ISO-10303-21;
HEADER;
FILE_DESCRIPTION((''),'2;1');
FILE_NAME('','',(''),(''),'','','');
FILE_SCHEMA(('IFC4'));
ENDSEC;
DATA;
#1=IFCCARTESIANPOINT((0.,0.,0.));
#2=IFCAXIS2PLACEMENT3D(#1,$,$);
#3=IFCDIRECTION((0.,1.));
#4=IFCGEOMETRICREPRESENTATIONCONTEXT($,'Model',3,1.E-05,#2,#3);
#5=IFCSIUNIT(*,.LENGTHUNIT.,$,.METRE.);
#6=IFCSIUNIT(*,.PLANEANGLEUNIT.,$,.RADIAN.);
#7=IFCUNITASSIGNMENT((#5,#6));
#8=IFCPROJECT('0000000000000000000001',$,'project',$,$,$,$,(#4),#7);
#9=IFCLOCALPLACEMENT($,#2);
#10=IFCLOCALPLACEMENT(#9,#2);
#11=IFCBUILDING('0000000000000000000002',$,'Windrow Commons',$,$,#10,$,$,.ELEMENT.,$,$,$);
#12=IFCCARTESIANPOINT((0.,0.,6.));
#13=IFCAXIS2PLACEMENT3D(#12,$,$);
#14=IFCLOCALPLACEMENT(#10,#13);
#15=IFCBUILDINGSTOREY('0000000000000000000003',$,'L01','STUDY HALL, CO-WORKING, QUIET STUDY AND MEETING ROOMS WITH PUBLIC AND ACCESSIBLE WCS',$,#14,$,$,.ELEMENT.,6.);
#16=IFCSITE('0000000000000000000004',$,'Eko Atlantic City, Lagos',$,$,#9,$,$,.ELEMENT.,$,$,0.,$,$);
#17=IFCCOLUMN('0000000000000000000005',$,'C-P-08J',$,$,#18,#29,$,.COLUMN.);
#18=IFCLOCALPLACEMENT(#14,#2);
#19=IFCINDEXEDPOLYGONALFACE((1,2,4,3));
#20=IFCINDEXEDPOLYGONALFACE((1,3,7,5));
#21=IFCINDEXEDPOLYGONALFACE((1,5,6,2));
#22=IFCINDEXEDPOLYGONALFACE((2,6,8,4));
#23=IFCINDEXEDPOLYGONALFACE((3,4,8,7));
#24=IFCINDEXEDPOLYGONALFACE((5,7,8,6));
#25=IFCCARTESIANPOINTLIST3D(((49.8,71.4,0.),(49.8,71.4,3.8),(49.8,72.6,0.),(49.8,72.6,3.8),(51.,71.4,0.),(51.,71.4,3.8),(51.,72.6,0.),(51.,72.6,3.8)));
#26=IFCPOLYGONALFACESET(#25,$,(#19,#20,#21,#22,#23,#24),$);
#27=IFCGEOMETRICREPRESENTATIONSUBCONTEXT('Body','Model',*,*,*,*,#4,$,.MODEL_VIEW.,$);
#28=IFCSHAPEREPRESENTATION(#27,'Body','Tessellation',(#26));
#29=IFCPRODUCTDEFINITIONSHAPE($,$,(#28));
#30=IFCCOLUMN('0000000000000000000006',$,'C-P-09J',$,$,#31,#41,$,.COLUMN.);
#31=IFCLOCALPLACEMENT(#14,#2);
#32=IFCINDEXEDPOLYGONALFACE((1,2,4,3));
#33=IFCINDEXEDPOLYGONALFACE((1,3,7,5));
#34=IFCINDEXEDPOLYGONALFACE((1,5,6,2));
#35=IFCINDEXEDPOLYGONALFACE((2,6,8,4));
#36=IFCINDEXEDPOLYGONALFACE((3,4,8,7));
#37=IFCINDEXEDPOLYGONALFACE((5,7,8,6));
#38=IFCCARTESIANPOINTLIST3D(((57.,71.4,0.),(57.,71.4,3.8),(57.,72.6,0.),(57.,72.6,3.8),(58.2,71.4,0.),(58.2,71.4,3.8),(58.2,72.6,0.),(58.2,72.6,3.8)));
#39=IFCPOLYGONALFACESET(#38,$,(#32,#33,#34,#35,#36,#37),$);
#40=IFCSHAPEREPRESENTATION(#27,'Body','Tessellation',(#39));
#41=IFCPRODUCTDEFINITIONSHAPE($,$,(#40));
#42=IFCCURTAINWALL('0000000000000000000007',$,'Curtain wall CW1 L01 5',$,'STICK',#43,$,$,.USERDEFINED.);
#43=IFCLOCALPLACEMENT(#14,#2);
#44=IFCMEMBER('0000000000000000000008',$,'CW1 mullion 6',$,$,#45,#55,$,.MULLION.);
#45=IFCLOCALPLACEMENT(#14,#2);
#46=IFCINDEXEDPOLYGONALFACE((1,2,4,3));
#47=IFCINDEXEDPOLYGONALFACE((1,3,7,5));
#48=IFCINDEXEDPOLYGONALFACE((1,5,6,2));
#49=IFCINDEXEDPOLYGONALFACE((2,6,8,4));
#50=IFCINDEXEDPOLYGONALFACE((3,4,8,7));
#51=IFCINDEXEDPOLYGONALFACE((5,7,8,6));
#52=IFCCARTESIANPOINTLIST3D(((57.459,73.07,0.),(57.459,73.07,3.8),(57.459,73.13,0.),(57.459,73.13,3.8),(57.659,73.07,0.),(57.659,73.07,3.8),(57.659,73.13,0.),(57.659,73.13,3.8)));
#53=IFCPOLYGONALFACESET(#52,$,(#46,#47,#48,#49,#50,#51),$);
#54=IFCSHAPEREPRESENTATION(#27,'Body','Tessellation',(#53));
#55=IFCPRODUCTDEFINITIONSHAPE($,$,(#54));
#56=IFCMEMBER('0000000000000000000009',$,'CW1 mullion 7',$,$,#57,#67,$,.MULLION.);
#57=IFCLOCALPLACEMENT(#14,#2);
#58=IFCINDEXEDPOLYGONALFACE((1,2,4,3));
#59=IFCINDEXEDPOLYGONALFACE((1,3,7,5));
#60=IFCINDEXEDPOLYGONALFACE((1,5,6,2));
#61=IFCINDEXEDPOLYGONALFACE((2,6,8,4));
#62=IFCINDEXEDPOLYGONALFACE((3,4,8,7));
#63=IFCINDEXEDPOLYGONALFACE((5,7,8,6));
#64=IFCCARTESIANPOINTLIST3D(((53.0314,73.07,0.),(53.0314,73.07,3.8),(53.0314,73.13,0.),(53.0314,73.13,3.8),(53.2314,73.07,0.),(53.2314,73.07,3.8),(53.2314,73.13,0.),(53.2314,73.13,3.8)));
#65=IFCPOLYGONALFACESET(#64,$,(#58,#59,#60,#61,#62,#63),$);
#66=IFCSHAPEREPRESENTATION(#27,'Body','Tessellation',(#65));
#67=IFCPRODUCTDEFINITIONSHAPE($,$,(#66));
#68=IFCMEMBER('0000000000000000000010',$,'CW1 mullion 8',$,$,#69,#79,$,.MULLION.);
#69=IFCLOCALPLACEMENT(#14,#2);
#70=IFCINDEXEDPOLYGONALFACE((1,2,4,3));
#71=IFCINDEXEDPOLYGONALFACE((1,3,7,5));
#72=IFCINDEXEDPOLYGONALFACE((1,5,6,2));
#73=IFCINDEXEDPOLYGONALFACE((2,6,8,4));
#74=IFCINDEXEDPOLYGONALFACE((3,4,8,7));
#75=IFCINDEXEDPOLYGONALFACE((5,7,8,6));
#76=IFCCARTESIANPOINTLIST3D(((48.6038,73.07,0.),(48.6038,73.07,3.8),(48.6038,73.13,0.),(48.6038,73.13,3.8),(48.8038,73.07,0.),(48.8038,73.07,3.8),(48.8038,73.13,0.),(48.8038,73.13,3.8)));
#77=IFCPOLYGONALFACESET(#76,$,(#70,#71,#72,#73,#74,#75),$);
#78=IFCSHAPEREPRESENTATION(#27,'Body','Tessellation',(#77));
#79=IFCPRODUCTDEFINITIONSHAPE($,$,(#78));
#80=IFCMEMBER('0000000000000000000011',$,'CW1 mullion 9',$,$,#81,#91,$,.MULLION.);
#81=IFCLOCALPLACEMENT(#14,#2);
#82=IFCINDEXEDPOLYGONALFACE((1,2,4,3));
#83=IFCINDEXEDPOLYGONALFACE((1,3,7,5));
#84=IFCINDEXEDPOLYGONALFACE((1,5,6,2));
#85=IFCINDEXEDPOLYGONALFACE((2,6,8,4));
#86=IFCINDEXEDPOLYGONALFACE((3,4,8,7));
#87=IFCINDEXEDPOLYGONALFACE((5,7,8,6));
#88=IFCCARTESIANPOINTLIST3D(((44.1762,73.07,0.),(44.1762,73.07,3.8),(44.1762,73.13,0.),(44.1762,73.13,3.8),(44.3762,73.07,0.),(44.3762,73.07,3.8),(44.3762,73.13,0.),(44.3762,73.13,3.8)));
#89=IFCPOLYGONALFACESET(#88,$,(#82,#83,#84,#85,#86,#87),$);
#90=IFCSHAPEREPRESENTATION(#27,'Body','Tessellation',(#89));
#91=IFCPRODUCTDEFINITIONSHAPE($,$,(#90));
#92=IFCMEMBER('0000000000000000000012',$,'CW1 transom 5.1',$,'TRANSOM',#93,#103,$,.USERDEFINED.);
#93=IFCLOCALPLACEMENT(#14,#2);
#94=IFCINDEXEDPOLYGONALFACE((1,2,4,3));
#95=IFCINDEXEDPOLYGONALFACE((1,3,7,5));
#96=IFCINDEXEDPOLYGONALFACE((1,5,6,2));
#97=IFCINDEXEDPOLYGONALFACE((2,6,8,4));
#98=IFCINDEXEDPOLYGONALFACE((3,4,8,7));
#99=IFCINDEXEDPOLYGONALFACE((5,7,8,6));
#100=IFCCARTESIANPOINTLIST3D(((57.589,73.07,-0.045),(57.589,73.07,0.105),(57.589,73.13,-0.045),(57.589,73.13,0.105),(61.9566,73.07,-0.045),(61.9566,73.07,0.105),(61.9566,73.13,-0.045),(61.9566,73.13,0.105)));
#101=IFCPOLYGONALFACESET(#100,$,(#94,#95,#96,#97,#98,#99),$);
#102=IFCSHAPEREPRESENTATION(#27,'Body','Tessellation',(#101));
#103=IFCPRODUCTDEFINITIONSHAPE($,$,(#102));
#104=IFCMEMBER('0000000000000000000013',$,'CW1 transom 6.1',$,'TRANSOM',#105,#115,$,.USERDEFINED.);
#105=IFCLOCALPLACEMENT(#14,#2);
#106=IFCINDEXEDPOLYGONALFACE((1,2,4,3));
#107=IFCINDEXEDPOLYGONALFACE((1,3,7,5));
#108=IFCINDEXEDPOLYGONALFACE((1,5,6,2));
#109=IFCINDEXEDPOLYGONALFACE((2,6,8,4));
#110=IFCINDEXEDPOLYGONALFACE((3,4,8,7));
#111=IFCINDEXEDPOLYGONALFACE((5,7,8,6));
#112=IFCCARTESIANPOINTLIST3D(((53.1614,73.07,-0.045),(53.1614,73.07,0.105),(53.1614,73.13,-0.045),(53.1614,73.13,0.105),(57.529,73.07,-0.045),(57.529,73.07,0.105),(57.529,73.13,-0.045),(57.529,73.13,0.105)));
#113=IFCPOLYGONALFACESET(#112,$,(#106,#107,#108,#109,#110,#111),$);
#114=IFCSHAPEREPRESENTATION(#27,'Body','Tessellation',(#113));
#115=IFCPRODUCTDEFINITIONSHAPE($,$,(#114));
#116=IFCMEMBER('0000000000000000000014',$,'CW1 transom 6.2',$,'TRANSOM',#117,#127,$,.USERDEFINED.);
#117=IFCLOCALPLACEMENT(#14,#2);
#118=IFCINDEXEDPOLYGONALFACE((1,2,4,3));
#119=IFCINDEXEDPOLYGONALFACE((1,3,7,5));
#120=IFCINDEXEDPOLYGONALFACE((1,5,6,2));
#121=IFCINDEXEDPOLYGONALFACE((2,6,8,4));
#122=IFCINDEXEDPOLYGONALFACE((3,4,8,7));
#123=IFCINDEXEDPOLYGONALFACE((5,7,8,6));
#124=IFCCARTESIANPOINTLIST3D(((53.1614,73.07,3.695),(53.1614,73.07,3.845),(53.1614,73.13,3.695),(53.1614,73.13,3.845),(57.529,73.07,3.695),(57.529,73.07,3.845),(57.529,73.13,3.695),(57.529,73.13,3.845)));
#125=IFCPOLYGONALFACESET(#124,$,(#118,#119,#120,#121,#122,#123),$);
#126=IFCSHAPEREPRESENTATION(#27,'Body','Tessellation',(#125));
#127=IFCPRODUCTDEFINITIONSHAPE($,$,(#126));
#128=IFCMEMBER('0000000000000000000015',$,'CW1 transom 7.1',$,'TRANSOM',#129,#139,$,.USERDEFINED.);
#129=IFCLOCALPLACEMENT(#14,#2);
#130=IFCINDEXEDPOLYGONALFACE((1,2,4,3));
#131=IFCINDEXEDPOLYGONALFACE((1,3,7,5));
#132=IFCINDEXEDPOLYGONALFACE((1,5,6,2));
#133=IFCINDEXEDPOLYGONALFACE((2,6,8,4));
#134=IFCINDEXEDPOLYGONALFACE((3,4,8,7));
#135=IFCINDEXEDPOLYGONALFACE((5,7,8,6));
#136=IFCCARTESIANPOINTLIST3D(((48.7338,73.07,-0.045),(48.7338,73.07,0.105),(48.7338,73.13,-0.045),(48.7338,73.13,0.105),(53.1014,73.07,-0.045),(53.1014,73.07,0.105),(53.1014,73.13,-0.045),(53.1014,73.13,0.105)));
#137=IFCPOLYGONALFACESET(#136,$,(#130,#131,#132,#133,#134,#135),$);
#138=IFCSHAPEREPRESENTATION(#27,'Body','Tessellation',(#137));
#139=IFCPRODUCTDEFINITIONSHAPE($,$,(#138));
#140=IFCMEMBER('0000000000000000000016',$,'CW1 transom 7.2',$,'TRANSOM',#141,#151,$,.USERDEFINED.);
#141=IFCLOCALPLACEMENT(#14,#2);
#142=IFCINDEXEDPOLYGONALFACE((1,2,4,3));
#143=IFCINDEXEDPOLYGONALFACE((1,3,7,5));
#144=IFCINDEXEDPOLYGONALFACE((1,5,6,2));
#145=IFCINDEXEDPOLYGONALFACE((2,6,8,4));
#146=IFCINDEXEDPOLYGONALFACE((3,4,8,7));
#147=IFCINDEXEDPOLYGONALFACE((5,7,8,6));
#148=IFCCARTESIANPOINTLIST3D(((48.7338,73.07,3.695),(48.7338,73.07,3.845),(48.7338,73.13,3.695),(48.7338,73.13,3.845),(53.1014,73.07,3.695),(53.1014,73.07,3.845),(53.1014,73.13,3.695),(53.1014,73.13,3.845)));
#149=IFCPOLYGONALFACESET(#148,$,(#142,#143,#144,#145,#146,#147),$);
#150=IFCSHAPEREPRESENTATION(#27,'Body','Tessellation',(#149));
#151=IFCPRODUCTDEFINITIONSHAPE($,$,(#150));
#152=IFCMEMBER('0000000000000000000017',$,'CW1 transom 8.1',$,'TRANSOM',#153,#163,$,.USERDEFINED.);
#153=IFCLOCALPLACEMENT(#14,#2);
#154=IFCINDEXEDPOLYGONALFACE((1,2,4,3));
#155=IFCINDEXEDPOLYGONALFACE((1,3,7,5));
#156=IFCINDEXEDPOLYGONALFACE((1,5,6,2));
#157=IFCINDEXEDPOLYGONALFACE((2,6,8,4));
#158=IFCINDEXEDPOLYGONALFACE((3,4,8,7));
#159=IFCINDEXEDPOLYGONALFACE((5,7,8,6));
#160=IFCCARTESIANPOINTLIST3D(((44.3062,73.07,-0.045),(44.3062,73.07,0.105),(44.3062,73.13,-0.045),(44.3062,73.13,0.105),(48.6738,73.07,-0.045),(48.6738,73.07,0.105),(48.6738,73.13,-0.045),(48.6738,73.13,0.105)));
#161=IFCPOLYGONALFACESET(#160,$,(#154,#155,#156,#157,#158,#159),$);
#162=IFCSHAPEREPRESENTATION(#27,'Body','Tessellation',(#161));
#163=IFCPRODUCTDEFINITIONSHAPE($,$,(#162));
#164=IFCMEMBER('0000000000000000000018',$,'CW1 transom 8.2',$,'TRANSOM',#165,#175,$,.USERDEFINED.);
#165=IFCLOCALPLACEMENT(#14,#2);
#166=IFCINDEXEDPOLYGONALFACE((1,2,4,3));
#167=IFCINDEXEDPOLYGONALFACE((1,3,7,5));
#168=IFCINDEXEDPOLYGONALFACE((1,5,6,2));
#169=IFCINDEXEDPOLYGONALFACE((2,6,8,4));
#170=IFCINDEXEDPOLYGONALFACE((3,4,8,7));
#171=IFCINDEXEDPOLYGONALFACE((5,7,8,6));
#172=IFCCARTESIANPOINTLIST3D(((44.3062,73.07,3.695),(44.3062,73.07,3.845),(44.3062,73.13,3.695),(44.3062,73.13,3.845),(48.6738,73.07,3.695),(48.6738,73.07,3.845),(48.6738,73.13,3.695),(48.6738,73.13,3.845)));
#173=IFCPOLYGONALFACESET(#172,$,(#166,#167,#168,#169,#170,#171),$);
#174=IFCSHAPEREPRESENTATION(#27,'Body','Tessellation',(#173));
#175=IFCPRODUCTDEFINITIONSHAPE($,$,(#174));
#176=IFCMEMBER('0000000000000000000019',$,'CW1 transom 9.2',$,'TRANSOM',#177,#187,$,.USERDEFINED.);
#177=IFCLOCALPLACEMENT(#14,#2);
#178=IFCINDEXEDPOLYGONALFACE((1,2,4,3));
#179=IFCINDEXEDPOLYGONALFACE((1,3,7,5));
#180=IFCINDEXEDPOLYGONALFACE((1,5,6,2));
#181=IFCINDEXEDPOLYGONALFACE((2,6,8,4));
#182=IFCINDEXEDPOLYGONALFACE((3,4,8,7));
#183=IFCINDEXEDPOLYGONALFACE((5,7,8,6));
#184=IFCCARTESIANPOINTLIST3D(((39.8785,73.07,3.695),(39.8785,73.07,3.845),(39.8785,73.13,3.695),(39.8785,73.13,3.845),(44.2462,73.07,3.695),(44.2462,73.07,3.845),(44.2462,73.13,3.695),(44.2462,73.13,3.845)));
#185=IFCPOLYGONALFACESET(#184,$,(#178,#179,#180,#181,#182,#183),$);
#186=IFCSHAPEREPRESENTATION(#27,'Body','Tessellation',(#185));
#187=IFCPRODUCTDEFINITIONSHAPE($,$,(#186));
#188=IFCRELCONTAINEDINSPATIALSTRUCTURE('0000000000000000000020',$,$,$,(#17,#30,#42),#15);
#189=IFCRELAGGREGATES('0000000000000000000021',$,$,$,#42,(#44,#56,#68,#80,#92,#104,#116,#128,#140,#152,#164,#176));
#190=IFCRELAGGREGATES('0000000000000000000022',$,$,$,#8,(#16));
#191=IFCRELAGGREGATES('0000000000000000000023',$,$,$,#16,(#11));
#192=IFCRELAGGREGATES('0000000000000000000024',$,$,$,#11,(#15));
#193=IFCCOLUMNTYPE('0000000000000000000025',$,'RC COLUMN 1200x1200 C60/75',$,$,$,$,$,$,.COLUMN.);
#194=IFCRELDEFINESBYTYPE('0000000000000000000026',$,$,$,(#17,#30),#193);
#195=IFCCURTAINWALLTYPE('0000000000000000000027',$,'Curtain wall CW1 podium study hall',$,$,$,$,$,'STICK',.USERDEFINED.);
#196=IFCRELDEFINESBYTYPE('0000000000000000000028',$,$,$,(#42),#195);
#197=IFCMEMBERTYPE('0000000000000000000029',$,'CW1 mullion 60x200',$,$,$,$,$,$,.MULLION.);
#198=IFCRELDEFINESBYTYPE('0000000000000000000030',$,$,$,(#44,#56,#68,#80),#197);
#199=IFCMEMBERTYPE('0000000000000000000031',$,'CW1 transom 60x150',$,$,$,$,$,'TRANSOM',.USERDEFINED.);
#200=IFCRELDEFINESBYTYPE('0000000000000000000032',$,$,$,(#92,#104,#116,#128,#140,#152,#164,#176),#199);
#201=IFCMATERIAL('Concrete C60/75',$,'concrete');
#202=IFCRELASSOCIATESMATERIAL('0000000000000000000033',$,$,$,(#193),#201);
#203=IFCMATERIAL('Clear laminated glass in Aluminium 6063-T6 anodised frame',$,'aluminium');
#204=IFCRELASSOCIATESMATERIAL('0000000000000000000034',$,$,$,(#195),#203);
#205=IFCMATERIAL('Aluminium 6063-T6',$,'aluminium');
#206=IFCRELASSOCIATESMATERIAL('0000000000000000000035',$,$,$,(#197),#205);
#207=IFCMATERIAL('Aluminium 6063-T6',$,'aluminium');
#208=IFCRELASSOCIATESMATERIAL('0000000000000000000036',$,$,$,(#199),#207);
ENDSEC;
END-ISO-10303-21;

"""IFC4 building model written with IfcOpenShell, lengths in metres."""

from ifc_helpers import new_model, si_unit, direction, frame, origin, origin_2d, place, context, subcontext, project, spatial, rectangle, extrude, material, material_profile, profile_set, type_object, element, aggregate, save


model = new_model("IFC4")

# Units and contexts
model_context = context("Model", 3, precision=1e-05, world=origin(), true_north=direction((0.0, 1.0)))
body_context = subcontext(model_context, "Body", "Model", "MODEL_VIEW")
ifc_project = project(units=[si_unit("LENGTHUNIT", "METRE"), si_unit("PLANEANGLEUNIT", "RADIAN")], contexts=[model_context])

# Site, building, storey
site_placement = place(None, origin())
site = spatial("IfcSite", under=ifc_project, at=site_placement, Name="Eko Atlantic City, Lagos", CompositionType="ELEMENT", RefElevation=0.0)
building_placement = place(site_placement, origin())
building = spatial("IfcBuilding", under=site, at=building_placement, Name="Windrow Commons", CompositionType="ELEMENT")
storey_placement = place(building_placement, frame((0.0, 0.0, 6.0)))
storey = spatial("IfcBuildingStorey", under=building, at=storey_placement, Name="L01", Description="STUDY HALL, CO-WORKING, QUIET STUDY AND MEETING ROOMS WITH PUBLIC AND ACCESSIBLE WCS", CompositionType="ELEMENT", Elevation=6.0)

# Columns
ifc_material_1 = material(Name="Concrete C60/75", Category="concrete")
ifc_material_profile_1 = material_profile(ifc_material_1, rectangle(XDim=1.2, YDim=1.2, at=origin_2d()))
ifc_profile_set_1 = profile_set([ifc_material_profile_1], Name="Concrete C60/75")
column_type = type_object("IfcColumnType", Name="RC COLUMN 1200x1200 C60/75", PredefinedType="COLUMN", material=ifc_profile_set_1)
for number, where, z_axis, x_axis, name in (
    (1, (50.4, 72.0, 0.0), (0.0, 0.0, 1.0), (1.0, 0.0, 0.0), "C-P-08J"),
    (2, (57.6, 72.0, 0.0), (0.0, 0.0, 1.0), (1.0, 0.0, 0.0), "C-P-09J"),
):
    element("IfcColumn", number, at=place(storey_placement, frame(where, z_axis=z_axis, x_axis=x_axis)), inside=storey, type_object=column_type, Name=name, PredefinedType="COLUMN", context=body_context, shape_type="SweptSolid", body=[
        extrude(rectangle(XDim=1.2, YDim=1.2, at=origin_2d()), origin(), (0.0, 0.0, 1.0), 3.8),
    ])

# Curtain wall, members
ifc_material_2 = material(Name="Clear laminated glass in Aluminium 6063-T6 anodised frame", Category="aluminium")
curtain_wall_type = type_object("IfcCurtainWallType", Name="Curtain wall CW1 podium study hall", ElementType="STICK", PredefinedType="USERDEFINED", material=ifc_material_2)
curtain_wall_placement = place(storey_placement, origin())
curtain_wall = element("IfcCurtainWall", 3, at=curtain_wall_placement, inside=storey, type_object=curtain_wall_type, Name="Curtain wall CW1 L01 5", ObjectType="STICK", PredefinedType="USERDEFINED")
ifc_material_3 = material(Name="Aluminium 6063-T6", Category="aluminium")
ifc_material_profile_2 = material_profile(ifc_material_3, rectangle(XDim=0.06, YDim=0.2, at=origin_2d()))
ifc_profile_set_2 = profile_set([ifc_material_profile_2], Name="Aluminium 6063-T6")
member_type_1 = type_object("IfcMemberType", Name="CW1 mullion 60x200", PredefinedType="MULLION", material=ifc_profile_set_2)
member_1_placement = place(storey_placement, frame((57.559, 73.1, 0.0), z_axis=(0.0, 0.0, 1.0), x_axis=(0.0, -1.0, 0.0)))
member_1 = element("IfcMember", 4, at=member_1_placement, type_object=member_type_1, Name="CW1 mullion 6", PredefinedType="MULLION", context=body_context, shape_type="SweptSolid", body=[
    extrude(rectangle(XDim=0.06, YDim=0.2, at=origin_2d()), origin(), (0.0, 0.0, 1.0), 3.8),
])
member_2_placement = place(storey_placement, frame((53.1314, 73.1, 0.0), z_axis=(0.0, 0.0, 1.0), x_axis=(0.0, -1.0, 0.0)))
member_2 = element("IfcMember", 5, at=member_2_placement, type_object=member_type_1, Name="CW1 mullion 7", PredefinedType="MULLION", context=body_context, shape_type="SweptSolid", body=[
    extrude(rectangle(XDim=0.06, YDim=0.2, at=origin_2d()), origin(), (0.0, 0.0, 1.0), 3.8),
])
member_3_placement = place(storey_placement, frame((48.7038, 73.1, 0.0), z_axis=(0.0, 0.0, 1.0), x_axis=(0.0, -1.0, 0.0)))
member_3 = element("IfcMember", 6, at=member_3_placement, type_object=member_type_1, Name="CW1 mullion 8", PredefinedType="MULLION", context=body_context, shape_type="SweptSolid", body=[
    extrude(rectangle(XDim=0.06, YDim=0.2, at=origin_2d()), origin(), (0.0, 0.0, 1.0), 3.8),
])
member_4_placement = place(storey_placement, frame((44.2762, 73.1, 0.0), z_axis=(0.0, 0.0, 1.0), x_axis=(0.0, -1.0, 0.0)))
member_4 = element("IfcMember", 7, at=member_4_placement, type_object=member_type_1, Name="CW1 mullion 9", PredefinedType="MULLION", context=body_context, shape_type="SweptSolid", body=[
    extrude(rectangle(XDim=0.06, YDim=0.2, at=origin_2d()), origin(), (0.0, 0.0, 1.0), 3.8),
])
ifc_material_4 = material(Name="Aluminium 6063-T6", Category="aluminium")
ifc_material_profile_3 = material_profile(ifc_material_4, rectangle(XDim=0.06, YDim=0.15, at=origin_2d()))
ifc_profile_set_3 = profile_set([ifc_material_profile_3], Name="Aluminium 6063-T6")
member_type_2 = type_object("IfcMemberType", Name="CW1 transom 60x150", ElementType="TRANSOM", PredefinedType="USERDEFINED", material=ifc_profile_set_3)
member_5_placement = place(storey_placement, frame((61.9566, 73.1, 0.03), z_axis=(-1.0, 0.0, 0.0), x_axis=(0.0, -1.0, 0.0)))
member_5 = element("IfcMember", 8, at=member_5_placement, type_object=member_type_2, Name="CW1 transom 5.1", ObjectType="TRANSOM", PredefinedType="USERDEFINED", context=body_context, shape_type="SweptSolid", body=[
    extrude(rectangle(XDim=0.06, YDim=0.15, at=origin_2d()), origin(), (0.0, 0.0, 1.0), 4.3676),
])
member_6_placement = place(storey_placement, frame((57.529, 73.1, 0.03), z_axis=(-1.0, 0.0, 0.0), x_axis=(0.0, -1.0, 0.0)))
member_6 = element("IfcMember", 9, at=member_6_placement, type_object=member_type_2, Name="CW1 transom 6.1", ObjectType="TRANSOM", PredefinedType="USERDEFINED", context=body_context, shape_type="SweptSolid", body=[
    extrude(rectangle(XDim=0.06, YDim=0.15, at=origin_2d()), origin(), (0.0, 0.0, 1.0), 4.3676),
])
member_7_placement = place(storey_placement, frame((57.529, 73.1, 3.77), z_axis=(-1.0, 0.0, 0.0), x_axis=(0.0, -1.0, 0.0)))
member_7 = element("IfcMember", 10, at=member_7_placement, type_object=member_type_2, Name="CW1 transom 6.2", ObjectType="TRANSOM", PredefinedType="USERDEFINED", context=body_context, shape_type="SweptSolid", body=[
    extrude(rectangle(XDim=0.06, YDim=0.15, at=origin_2d()), origin(), (0.0, 0.0, 1.0), 4.3676),
])
member_8_placement = place(storey_placement, frame((53.1014, 73.1, 0.03), z_axis=(-1.0, 0.0, 0.0), x_axis=(0.0, -1.0, 0.0)))
member_8 = element("IfcMember", 11, at=member_8_placement, type_object=member_type_2, Name="CW1 transom 7.1", ObjectType="TRANSOM", PredefinedType="USERDEFINED", context=body_context, shape_type="SweptSolid", body=[
    extrude(rectangle(XDim=0.06, YDim=0.15, at=origin_2d()), origin(), (0.0, 0.0, 1.0), 4.3676),
])
member_9_placement = place(storey_placement, frame((53.1014, 73.1, 3.77), z_axis=(-1.0, 0.0, 0.0), x_axis=(0.0, -1.0, 0.0)))
member_9 = element("IfcMember", 12, at=member_9_placement, type_object=member_type_2, Name="CW1 transom 7.2", ObjectType="TRANSOM", PredefinedType="USERDEFINED", context=body_context, shape_type="SweptSolid", body=[
    extrude(rectangle(XDim=0.06, YDim=0.15, at=origin_2d()), origin(), (0.0, 0.0, 1.0), 4.3676),
])
member_10_placement = place(storey_placement, frame((48.6738, 73.1, 0.03), z_axis=(-1.0, 0.0, 0.0), x_axis=(0.0, -1.0, 0.0)))
member_10 = element("IfcMember", 13, at=member_10_placement, type_object=member_type_2, Name="CW1 transom 8.1", ObjectType="TRANSOM", PredefinedType="USERDEFINED", context=body_context, shape_type="SweptSolid", body=[
    extrude(rectangle(XDim=0.06, YDim=0.15, at=origin_2d()), origin(), (0.0, 0.0, 1.0), 4.3676),
])
member_11_placement = place(storey_placement, frame((48.6738, 73.1, 3.77), z_axis=(-1.0, 0.0, 0.0), x_axis=(0.0, -1.0, 0.0)))
member_11 = element("IfcMember", 14, at=member_11_placement, type_object=member_type_2, Name="CW1 transom 8.2", ObjectType="TRANSOM", PredefinedType="USERDEFINED", context=body_context, shape_type="SweptSolid", body=[
    extrude(rectangle(XDim=0.06, YDim=0.15, at=origin_2d()), origin(), (0.0, 0.0, 1.0), 4.3676),
])
member_12_placement = place(storey_placement, frame((44.2462, 73.1, 3.77), z_axis=(-1.0, 0.0, 0.0), x_axis=(0.0, -1.0, 0.0)))
member_12 = element("IfcMember", 15, at=member_12_placement, type_object=member_type_2, Name="CW1 transom 9.2", ObjectType="TRANSOM", PredefinedType="USERDEFINED", context=body_context, shape_type="SweptSolid", body=[
    extrude(rectangle(XDim=0.06, YDim=0.15, at=origin_2d()), origin(), (0.0, 0.0, 1.0), 4.3677),
])

aggregate(curtain_wall, [member_1, member_2, member_3, member_4, member_5, member_6, member_7, member_8, member_9, member_10, member_11, member_12])

save(model, "model.ifc")
